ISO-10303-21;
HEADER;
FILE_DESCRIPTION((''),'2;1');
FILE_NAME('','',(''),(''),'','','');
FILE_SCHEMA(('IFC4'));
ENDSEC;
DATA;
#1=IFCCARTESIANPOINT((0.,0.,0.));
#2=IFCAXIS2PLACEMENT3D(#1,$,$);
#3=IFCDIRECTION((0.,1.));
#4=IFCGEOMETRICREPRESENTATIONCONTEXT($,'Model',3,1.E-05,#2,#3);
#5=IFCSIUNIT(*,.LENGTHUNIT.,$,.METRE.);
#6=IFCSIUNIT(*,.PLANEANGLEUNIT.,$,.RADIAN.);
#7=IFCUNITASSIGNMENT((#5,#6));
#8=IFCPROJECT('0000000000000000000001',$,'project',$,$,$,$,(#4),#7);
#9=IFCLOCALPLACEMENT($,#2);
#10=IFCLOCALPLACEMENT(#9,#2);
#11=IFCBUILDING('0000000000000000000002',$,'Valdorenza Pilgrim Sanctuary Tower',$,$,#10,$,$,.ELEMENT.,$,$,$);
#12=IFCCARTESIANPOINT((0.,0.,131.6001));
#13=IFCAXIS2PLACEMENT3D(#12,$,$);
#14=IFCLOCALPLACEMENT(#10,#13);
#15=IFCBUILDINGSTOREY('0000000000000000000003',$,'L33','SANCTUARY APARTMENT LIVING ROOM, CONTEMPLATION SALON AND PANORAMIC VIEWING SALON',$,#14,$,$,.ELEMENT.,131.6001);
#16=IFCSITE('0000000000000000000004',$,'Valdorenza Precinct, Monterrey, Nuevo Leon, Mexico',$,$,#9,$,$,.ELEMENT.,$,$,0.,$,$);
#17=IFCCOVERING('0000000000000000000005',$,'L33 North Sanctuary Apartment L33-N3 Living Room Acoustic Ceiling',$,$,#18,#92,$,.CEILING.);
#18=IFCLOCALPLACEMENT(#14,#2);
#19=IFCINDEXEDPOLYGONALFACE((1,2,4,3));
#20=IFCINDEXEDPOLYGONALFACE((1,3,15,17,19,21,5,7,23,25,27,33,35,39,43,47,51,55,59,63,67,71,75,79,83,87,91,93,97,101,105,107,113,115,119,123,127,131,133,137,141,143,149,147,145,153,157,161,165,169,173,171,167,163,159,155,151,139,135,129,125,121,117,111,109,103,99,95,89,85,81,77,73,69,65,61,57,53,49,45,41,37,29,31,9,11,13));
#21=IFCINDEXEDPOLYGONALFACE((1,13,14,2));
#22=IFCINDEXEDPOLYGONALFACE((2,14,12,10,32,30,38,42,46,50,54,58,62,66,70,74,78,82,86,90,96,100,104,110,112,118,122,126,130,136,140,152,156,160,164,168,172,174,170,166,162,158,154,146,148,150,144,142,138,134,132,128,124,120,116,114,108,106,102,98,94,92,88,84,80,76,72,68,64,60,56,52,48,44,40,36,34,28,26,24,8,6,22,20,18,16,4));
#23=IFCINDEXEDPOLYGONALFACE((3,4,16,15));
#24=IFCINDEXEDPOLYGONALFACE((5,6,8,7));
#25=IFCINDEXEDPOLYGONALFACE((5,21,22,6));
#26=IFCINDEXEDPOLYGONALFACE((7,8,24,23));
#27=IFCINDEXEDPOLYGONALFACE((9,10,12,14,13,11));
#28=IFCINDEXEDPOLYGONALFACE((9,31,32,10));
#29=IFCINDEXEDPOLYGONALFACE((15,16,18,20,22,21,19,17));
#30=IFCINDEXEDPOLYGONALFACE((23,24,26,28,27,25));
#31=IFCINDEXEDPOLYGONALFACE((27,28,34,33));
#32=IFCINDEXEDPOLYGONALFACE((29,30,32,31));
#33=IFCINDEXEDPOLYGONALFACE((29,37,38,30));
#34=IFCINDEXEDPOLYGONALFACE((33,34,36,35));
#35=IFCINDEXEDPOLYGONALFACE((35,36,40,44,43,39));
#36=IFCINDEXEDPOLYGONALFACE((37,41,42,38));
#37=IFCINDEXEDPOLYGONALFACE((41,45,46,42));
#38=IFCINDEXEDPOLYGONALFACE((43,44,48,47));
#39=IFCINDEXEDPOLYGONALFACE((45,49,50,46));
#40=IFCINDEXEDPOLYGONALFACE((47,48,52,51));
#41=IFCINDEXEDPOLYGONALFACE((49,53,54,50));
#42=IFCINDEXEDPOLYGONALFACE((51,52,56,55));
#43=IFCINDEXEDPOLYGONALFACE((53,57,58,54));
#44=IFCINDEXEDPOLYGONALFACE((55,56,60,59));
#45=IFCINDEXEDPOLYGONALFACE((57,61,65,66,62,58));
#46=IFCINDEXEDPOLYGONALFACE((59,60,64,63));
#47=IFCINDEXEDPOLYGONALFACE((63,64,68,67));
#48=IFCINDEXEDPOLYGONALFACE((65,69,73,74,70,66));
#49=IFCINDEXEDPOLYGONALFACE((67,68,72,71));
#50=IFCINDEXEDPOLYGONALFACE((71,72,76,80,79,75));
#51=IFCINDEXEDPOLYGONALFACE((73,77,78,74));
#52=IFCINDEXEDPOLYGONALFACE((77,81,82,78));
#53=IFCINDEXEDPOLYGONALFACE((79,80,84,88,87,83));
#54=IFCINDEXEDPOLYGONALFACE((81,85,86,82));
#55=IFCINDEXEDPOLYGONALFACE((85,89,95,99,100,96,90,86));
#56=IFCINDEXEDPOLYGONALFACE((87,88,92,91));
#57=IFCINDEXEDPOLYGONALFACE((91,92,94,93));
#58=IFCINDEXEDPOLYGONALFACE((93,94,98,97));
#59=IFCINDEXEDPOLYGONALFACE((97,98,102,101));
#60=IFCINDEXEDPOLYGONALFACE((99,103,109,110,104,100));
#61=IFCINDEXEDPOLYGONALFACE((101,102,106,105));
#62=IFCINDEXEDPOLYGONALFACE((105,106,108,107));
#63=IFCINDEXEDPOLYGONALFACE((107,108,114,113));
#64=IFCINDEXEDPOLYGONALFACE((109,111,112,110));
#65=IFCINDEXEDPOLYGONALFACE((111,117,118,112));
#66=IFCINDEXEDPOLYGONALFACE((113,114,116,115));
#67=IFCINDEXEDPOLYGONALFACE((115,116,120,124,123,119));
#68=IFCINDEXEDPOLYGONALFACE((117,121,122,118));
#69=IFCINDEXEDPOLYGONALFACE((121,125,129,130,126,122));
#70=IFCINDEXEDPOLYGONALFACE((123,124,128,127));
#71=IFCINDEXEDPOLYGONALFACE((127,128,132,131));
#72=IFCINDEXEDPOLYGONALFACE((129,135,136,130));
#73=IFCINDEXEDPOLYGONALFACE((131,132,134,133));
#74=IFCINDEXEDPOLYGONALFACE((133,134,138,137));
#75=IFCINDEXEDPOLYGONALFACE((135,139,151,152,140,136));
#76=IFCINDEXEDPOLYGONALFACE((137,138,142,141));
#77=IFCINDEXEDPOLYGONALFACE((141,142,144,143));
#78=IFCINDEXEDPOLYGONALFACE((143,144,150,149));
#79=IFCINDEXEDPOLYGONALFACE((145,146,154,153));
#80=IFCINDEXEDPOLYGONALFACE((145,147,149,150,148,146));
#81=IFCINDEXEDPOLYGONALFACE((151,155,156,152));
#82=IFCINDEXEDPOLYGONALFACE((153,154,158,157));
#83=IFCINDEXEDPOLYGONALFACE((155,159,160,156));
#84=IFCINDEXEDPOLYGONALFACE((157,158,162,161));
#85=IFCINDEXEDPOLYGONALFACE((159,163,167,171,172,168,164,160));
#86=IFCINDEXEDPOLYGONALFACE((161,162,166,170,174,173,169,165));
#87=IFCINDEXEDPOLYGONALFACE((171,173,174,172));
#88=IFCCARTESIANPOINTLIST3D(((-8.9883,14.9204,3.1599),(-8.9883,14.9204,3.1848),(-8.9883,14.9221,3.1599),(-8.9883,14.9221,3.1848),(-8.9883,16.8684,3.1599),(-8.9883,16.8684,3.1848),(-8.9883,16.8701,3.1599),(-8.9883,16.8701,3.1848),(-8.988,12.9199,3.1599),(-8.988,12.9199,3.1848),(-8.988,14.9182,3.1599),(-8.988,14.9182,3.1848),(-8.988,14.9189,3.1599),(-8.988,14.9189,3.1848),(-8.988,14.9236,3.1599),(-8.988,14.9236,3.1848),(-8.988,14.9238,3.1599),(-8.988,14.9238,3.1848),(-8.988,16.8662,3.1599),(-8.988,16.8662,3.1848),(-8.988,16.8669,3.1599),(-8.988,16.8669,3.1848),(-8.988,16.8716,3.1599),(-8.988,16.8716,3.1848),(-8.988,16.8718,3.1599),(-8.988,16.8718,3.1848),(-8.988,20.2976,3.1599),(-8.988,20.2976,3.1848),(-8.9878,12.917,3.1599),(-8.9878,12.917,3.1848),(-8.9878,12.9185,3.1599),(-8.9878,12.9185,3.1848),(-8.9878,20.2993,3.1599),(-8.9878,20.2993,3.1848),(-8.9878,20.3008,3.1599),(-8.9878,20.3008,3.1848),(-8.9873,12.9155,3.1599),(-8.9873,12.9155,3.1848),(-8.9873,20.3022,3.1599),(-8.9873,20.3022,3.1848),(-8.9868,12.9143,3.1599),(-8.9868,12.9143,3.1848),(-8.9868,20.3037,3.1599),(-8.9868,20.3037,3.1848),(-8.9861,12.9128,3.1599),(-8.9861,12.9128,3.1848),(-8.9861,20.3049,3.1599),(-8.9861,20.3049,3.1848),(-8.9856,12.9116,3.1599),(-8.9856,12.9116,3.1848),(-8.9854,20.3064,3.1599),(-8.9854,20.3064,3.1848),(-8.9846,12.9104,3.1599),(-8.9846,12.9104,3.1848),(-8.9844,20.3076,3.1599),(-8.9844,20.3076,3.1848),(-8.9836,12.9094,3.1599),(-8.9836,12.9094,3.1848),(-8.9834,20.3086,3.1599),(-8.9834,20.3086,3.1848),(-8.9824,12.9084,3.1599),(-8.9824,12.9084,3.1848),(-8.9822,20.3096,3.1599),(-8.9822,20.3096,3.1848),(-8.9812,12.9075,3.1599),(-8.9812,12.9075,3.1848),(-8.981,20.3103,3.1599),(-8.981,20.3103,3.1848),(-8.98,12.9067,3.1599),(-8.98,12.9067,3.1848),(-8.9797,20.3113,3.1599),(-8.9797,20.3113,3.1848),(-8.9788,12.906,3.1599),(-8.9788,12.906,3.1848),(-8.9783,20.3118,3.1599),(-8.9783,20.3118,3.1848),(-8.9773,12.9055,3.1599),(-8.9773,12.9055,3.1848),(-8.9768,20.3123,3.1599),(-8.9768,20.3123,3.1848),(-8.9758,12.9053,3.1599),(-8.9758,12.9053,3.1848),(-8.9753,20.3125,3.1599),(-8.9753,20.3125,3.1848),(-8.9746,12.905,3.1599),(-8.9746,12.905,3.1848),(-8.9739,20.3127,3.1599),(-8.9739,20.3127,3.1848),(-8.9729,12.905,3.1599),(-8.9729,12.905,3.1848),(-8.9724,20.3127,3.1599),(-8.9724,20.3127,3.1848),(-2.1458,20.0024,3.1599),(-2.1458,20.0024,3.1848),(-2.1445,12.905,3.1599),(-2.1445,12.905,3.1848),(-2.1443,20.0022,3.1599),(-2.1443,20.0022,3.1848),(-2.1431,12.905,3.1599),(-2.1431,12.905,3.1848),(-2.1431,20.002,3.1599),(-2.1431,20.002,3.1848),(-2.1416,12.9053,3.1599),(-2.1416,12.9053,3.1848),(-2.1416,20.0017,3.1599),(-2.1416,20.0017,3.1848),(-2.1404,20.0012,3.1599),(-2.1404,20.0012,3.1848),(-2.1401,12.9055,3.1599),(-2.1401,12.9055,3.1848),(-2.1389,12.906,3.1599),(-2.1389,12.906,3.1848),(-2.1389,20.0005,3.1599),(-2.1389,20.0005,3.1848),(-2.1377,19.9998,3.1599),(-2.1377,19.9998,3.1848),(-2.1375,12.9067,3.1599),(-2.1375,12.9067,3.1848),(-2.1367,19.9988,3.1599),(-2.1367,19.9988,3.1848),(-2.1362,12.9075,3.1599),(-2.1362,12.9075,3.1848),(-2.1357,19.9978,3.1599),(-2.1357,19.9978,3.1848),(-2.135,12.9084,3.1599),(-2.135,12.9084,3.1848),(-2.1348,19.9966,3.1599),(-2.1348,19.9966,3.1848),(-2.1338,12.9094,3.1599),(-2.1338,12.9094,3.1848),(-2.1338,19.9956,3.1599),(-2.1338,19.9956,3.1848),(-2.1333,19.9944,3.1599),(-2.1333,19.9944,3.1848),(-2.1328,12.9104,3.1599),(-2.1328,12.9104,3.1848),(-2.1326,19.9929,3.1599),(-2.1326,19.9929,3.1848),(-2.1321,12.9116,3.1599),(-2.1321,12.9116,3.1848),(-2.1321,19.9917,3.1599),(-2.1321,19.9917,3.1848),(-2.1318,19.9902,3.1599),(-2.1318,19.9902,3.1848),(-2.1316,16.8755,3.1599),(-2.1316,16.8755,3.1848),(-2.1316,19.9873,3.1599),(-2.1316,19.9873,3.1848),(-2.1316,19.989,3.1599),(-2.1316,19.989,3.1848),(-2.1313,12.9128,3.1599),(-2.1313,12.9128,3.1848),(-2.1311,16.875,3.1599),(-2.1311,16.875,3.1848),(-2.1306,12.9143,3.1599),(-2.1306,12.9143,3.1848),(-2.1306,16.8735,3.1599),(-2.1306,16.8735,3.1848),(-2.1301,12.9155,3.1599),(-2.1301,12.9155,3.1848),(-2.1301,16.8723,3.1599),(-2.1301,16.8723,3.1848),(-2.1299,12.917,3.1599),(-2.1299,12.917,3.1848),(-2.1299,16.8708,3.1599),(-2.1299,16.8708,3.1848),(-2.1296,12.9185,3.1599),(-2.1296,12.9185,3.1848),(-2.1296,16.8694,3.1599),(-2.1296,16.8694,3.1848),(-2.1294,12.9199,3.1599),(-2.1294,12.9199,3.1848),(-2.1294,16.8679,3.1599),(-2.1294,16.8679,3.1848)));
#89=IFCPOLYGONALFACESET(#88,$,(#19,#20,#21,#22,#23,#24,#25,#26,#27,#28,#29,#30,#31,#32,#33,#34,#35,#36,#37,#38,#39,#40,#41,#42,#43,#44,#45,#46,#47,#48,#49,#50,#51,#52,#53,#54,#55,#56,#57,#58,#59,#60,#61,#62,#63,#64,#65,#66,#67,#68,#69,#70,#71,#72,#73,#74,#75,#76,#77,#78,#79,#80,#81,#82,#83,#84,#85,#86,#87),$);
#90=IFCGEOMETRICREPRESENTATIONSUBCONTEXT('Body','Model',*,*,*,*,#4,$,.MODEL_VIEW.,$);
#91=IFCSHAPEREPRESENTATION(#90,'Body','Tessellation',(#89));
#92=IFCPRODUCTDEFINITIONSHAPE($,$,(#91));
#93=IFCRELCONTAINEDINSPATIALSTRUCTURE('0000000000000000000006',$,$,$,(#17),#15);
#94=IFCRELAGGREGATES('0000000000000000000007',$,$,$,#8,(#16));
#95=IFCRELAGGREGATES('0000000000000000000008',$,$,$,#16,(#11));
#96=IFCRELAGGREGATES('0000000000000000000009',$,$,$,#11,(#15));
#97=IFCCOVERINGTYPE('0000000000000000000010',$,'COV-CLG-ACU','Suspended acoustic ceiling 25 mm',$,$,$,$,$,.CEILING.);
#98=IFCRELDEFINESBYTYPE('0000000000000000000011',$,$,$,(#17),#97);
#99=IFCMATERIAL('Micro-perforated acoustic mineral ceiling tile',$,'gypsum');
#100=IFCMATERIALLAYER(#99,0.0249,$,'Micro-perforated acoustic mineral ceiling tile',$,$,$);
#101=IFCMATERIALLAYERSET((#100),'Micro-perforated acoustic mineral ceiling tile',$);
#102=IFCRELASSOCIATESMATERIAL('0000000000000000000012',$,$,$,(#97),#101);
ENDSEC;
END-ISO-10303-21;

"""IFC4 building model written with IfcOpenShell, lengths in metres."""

from ifc_helpers import new_model, si_unit, direction, frame, origin, place, context, subcontext, project, spatial, polyline, outline, extrude, material, layer, layer_set, type_object, element, save


model = new_model("IFC4")

# Units and contexts
model_context = context("Model", 3, precision=1e-05, world=origin(), true_north=direction((0.0, 1.0)))
body_context = subcontext(model_context, "Body", "Model", "MODEL_VIEW")
ifc_project = project(units=[si_unit("LENGTHUNIT", "METRE"), si_unit("PLANEANGLEUNIT", "RADIAN")], contexts=[model_context])

# Site, building, storey
site_placement = place(None, origin())
site = spatial("IfcSite", under=ifc_project, at=site_placement, Name="Valdorenza Precinct, Monterrey, Nuevo Leon, Mexico", CompositionType="ELEMENT", RefElevation=0.0)
building_placement = place(site_placement, origin())
building = spatial("IfcBuilding", under=site, at=building_placement, Name="Valdorenza Pilgrim Sanctuary Tower", CompositionType="ELEMENT")
storey_placement = place(building_placement, frame((0.0, 0.0, 131.6001)))
storey = spatial("IfcBuildingStorey", under=building, at=storey_placement, Name="L33", Description="SANCTUARY APARTMENT LIVING ROOM, CONTEMPLATION SALON AND PANORAMIC VIEWING SALON", CompositionType="ELEMENT", Elevation=131.6001)

# Covering
ifc_material_1 = material(Name="Micro-perforated acoustic mineral ceiling tile", Category="gypsum")
ifc_layer_1 = layer(ifc_material_1, 0.0249, Name="Micro-perforated acoustic mineral ceiling tile")
ifc_layer_set_1 = layer_set([ifc_layer_1], Name="Micro-perforated acoustic mineral ceiling tile")
covering_type_1 = type_object("IfcCoveringType", Name="COV-CLG-ACU", Description="Suspended acoustic ceiling 25 mm", PredefinedType="CEILING", material=ifc_layer_set_1)
covering_1_placement = place(storey_placement, frame((0.0, 0.0, 3.1599)))
element("IfcCovering", 1, at=covering_1_placement, inside=storey, type_object=covering_type_1, Name="L33 North Sanctuary Apartment L33-N3 Living Room Acoustic Ceiling", PredefinedType="CEILING", context=body_context, shape_type="SweptSolid", body=[
    extrude(outline(polyline([(-8.988, 14.9182), (-8.988, 14.9189), (-8.9883, 14.9204), (-8.9883, 14.9221), (-8.988, 14.9236), (-8.988, 14.9238), (-8.988, 16.8662), (-8.988, 16.8669), (-8.9883, 16.8684), (-8.9883, 16.8701), (-8.988, 16.8716), (-8.988, 16.8718), (-8.988, 20.2976), (-8.9878, 20.2993), (-8.9878, 20.3008), (-8.9873, 20.3022), (-8.9868, 20.3037), (-8.9861, 20.3049), (-8.9854, 20.3064), (-8.9844, 20.3076), (-8.9834, 20.3086), (-8.9822, 20.3096), (-8.981, 20.3103), (-8.9797, 20.3113), (-8.9783, 20.3118), (-8.9768, 20.3123), (-8.9753, 20.3125), (-8.9739, 20.3127), (-8.9724, 20.3127), (-2.1458, 20.0024), (-2.1443, 20.0022), (-2.1431, 20.002), (-2.1416, 20.0017), (-2.1404, 20.0012), (-2.1389, 20.0005), (-2.1377, 19.9998), (-2.1367, 19.9988), (-2.1357, 19.9978), (-2.1348, 19.9966), (-2.1338, 19.9956), (-2.1333, 19.9944), (-2.1326, 19.9929), (-2.1321, 19.9917), (-2.1318, 19.9902), (-2.1316, 19.989), (-2.1316, 19.9873), (-2.1316, 16.8755), (-2.1311, 16.875), (-2.1306, 16.8735), (-2.1301, 16.8723), (-2.1299, 16.8708), (-2.1296, 16.8694), (-2.1294, 16.8679), (-2.1294, 12.9199), (-2.1296, 12.9185), (-2.1299, 12.917), (-2.1301, 12.9155), (-2.1306, 12.9143), (-2.1313, 12.9128), (-2.1321, 12.9116), (-2.1328, 12.9104), (-2.1338, 12.9094), (-2.135, 12.9084), (-2.1362, 12.9075), (-2.1375, 12.9067), (-2.1389, 12.906), (-2.1401, 12.9055), (-2.1416, 12.9053), (-2.1431, 12.905), (-2.1445, 12.905), (-8.9729, 12.905), (-8.9746, 12.905), (-8.9758, 12.9053), (-8.9773, 12.9055), (-8.9788, 12.906), (-8.98, 12.9067), (-8.9812, 12.9075), (-8.9824, 12.9084), (-8.9836, 12.9094), (-8.9846, 12.9104), (-8.9856, 12.9116), (-8.9861, 12.9128), (-8.9868, 12.9143), (-8.9873, 12.9155), (-8.9878, 12.917), (-8.9878, 12.9185), (-8.988, 12.9199), (-8.988, 14.9182)])), origin(), (0.0, 0.0, 1.0), 0.0249),
])

save(model, "model.ifc")
